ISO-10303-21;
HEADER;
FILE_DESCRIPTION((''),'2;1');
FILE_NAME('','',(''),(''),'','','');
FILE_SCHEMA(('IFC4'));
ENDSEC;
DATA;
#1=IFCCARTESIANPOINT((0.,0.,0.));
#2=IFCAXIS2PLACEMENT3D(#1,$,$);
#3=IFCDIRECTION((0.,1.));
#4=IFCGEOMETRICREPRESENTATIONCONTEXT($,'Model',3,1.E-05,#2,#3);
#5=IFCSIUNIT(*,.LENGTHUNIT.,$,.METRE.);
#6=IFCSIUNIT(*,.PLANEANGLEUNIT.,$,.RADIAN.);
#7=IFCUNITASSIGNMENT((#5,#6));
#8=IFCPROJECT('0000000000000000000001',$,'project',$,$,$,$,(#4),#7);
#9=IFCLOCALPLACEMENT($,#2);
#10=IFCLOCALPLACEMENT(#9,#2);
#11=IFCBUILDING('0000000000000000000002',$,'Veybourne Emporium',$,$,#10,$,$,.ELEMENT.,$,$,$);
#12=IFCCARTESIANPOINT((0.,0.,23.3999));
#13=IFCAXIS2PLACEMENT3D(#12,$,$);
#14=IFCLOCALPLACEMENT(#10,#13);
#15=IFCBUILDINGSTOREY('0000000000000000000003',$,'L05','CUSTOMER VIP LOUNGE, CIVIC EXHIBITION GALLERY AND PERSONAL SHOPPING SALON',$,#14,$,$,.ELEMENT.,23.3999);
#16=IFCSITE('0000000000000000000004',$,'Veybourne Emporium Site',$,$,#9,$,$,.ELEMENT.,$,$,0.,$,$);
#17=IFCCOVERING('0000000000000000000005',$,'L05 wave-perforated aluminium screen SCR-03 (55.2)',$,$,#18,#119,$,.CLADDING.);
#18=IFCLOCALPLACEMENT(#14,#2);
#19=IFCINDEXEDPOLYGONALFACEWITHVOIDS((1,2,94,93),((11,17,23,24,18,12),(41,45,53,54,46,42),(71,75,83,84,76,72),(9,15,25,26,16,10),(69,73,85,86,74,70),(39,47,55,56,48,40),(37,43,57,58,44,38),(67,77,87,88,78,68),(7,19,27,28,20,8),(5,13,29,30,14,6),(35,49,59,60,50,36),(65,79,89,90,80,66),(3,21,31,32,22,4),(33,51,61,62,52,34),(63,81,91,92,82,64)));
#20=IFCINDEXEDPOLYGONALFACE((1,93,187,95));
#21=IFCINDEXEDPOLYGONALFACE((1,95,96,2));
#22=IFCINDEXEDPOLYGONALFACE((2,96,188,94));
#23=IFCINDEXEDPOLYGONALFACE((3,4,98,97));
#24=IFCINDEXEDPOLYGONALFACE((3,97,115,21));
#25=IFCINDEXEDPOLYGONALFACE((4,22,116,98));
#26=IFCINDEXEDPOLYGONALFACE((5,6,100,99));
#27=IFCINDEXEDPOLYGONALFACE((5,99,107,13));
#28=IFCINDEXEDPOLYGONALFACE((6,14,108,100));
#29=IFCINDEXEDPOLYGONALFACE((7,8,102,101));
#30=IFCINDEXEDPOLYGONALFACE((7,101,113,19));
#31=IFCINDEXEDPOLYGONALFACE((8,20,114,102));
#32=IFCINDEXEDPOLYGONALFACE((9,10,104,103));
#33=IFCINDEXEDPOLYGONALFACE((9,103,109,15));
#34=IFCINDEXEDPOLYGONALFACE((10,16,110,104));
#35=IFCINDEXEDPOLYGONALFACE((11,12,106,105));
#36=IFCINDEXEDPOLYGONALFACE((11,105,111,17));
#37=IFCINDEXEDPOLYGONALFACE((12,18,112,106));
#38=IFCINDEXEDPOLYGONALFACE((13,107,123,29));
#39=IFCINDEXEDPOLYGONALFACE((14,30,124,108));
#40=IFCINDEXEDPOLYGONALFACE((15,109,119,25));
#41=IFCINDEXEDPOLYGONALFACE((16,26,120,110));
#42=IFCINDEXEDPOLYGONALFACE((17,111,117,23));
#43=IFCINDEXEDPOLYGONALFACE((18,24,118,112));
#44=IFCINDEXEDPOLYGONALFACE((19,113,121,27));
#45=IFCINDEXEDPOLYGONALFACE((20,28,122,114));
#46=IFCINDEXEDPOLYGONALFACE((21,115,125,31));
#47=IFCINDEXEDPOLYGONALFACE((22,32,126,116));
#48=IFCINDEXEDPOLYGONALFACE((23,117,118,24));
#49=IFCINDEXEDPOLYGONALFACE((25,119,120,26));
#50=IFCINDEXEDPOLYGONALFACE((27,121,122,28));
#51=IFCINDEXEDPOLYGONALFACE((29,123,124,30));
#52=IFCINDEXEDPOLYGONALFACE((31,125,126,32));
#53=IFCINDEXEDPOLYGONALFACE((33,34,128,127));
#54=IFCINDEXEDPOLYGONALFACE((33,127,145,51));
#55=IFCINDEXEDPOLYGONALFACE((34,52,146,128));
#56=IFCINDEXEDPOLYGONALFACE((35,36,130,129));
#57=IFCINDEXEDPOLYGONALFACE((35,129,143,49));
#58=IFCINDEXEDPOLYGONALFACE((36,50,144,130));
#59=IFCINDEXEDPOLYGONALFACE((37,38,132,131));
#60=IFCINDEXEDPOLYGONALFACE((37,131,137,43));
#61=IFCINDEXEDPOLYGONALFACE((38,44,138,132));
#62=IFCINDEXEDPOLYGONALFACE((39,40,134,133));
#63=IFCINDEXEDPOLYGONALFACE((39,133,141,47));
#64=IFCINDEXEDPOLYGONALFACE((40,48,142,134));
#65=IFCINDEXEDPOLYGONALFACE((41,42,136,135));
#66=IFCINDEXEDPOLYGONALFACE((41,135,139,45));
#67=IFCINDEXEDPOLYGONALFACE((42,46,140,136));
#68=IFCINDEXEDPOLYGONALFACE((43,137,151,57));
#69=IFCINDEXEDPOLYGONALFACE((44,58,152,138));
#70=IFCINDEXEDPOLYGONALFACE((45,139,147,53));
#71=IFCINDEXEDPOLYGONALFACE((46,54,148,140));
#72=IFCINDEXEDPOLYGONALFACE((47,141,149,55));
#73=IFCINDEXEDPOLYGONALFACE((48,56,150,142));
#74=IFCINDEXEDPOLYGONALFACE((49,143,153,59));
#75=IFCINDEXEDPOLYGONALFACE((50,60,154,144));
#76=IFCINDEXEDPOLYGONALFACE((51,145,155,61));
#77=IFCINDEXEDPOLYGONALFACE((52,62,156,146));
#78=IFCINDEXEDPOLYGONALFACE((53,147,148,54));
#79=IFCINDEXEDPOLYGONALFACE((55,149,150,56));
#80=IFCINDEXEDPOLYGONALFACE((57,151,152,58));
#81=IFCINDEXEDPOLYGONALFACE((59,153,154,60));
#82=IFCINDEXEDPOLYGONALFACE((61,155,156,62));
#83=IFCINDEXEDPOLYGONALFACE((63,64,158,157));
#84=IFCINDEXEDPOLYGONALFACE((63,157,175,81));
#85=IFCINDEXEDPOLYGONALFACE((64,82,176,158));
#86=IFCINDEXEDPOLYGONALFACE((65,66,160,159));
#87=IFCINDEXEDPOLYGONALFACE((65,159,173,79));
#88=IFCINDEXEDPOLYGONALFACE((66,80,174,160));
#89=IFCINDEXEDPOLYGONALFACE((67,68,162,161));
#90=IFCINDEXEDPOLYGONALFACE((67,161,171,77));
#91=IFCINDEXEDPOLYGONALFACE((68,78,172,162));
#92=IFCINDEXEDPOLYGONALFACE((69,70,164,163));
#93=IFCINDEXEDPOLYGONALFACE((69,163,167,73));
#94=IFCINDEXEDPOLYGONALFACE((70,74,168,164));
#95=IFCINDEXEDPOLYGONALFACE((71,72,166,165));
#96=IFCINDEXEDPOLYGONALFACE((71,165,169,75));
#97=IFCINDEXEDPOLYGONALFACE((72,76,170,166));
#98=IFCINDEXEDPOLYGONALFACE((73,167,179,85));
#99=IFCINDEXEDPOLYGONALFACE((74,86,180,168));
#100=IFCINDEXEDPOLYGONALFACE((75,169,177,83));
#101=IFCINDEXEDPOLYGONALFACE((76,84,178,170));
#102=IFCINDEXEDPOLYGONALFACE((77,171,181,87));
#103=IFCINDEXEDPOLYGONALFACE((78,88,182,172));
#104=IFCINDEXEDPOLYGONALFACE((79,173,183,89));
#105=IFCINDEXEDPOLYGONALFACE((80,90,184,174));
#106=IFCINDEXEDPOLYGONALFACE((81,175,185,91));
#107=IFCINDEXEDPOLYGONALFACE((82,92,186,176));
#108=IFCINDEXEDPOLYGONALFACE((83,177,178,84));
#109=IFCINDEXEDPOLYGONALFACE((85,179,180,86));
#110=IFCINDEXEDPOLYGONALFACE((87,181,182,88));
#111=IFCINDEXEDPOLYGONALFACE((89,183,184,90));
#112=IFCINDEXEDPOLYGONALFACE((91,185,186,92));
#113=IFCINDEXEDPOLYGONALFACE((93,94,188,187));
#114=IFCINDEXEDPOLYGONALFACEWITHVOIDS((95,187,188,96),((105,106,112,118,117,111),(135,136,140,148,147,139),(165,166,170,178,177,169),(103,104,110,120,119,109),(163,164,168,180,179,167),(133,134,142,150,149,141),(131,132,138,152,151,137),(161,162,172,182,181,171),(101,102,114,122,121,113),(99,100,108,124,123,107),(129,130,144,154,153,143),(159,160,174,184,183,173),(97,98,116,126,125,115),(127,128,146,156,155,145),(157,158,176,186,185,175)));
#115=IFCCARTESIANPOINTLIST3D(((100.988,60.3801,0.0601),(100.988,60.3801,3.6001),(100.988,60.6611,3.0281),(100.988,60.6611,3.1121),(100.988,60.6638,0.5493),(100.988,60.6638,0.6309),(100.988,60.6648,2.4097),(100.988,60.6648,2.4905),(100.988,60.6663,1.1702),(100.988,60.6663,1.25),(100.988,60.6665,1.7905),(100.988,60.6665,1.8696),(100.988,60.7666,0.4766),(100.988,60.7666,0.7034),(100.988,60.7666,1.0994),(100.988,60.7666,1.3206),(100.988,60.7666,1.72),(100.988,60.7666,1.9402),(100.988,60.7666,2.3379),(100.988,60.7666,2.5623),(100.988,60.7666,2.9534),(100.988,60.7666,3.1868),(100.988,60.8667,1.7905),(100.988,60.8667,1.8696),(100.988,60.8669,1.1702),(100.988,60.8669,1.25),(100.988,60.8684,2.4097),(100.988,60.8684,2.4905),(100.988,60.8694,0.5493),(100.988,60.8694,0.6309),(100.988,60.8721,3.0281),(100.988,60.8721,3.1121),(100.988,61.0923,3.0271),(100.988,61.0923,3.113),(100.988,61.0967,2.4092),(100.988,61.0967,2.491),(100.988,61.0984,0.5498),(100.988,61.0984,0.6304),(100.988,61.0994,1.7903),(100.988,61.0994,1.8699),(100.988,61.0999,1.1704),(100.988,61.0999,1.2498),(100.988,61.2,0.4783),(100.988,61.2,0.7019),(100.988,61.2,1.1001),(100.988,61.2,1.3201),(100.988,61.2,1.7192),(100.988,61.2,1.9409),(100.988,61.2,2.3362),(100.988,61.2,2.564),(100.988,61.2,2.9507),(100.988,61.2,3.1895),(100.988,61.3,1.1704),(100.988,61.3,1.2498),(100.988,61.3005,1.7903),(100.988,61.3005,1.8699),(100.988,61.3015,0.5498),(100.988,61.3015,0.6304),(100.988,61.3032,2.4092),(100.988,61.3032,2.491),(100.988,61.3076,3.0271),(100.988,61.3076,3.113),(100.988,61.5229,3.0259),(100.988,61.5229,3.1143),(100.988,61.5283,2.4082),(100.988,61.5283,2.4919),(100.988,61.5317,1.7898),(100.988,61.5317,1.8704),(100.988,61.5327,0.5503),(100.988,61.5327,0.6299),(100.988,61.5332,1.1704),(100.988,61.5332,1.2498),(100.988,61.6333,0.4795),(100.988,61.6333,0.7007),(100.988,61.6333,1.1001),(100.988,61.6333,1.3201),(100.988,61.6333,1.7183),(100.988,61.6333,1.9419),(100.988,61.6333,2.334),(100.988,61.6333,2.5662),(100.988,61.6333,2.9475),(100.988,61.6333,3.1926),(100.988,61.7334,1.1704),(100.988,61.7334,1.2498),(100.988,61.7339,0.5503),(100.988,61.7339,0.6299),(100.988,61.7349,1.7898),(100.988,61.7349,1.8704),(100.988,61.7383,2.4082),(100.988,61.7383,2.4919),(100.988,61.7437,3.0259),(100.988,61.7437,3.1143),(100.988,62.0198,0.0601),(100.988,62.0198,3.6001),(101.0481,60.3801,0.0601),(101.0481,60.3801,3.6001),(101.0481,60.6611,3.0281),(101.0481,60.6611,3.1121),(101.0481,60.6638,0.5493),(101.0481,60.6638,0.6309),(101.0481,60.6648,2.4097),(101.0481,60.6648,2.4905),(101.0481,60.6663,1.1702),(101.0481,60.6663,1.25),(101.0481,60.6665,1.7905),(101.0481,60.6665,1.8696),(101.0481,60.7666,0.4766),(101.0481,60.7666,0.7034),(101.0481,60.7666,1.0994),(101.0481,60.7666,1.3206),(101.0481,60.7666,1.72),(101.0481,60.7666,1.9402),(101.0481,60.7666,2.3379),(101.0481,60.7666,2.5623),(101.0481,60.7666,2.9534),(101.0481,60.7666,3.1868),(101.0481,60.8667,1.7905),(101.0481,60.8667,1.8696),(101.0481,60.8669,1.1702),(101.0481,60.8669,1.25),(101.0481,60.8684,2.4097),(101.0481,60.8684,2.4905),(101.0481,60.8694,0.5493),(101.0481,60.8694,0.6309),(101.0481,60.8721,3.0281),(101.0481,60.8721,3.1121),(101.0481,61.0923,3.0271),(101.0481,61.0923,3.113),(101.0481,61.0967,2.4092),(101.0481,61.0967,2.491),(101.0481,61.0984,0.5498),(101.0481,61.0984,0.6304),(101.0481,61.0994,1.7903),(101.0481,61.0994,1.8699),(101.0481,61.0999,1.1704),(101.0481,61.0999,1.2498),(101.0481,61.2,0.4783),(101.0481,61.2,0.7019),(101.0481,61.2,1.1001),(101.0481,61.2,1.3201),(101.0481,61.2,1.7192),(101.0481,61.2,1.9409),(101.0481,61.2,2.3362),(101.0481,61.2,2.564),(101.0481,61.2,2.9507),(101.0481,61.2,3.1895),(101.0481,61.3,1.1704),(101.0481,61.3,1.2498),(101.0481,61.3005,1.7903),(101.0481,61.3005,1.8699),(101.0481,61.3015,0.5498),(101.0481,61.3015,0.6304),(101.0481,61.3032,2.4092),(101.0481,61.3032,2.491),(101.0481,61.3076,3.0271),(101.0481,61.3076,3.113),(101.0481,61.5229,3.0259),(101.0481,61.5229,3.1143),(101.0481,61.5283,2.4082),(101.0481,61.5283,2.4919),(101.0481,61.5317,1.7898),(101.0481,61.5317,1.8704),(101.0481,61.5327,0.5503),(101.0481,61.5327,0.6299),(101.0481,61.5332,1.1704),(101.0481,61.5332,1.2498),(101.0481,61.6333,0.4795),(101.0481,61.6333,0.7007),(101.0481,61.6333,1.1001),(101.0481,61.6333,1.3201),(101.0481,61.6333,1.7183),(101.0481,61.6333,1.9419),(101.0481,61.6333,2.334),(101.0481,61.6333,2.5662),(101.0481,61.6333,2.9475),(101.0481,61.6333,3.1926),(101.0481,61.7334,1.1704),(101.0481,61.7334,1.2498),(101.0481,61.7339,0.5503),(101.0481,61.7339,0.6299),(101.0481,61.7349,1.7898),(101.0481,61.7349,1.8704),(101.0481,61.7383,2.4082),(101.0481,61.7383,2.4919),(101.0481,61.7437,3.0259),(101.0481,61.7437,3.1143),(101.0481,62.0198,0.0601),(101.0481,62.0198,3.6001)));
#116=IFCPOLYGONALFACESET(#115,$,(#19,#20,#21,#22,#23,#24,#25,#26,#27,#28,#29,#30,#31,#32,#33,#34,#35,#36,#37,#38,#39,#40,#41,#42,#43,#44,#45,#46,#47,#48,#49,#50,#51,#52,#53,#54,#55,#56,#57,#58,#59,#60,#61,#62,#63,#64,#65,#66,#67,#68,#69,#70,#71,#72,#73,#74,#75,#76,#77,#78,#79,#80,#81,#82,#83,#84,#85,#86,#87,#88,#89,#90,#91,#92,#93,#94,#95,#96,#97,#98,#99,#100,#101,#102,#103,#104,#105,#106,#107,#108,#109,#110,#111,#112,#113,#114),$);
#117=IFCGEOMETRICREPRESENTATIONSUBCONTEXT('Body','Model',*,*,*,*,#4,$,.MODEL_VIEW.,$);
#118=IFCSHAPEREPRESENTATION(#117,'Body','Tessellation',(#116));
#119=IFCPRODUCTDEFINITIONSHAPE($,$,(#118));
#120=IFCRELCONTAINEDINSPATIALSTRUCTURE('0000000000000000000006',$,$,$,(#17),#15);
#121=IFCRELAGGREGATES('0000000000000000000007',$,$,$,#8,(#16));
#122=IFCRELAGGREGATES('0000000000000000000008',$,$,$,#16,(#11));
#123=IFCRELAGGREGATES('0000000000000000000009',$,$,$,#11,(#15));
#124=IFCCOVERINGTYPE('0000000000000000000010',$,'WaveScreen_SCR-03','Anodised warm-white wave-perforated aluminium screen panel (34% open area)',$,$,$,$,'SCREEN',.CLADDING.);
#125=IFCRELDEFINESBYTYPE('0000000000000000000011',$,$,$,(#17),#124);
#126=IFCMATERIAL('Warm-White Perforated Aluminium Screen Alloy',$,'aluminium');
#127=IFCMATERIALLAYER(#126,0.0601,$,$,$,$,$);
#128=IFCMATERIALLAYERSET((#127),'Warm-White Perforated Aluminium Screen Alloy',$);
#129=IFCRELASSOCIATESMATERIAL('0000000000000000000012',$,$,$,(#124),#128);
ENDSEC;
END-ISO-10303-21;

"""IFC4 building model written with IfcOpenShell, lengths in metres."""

from ifc_helpers import new_model, si_unit, direction, frame, origin, place, context, subcontext, project, spatial, polyline, outline, extrude, material, layer, layer_set, type_object, element, save


model = new_model("IFC4")

# Units and contexts
model_context = context("Model", 3, precision=1e-05, world=origin(), true_north=direction((0.0, 1.0)))
body_context = subcontext(model_context, "Body", "Model", "MODEL_VIEW")
ifc_project = project(units=[si_unit("LENGTHUNIT", "METRE"), si_unit("PLANEANGLEUNIT", "RADIAN")], contexts=[model_context])

# Site, building, storey
site_placement = place(None, origin())
site = spatial("IfcSite", under=ifc_project, at=site_placement, Name="Veybourne Emporium Site", CompositionType="ELEMENT", RefElevation=0.0)
building_placement = place(site_placement, origin())
building = spatial("IfcBuilding", under=site, at=building_placement, Name="Veybourne Emporium", CompositionType="ELEMENT")
storey_placement = place(building_placement, frame((0.0, 0.0, 23.3999)))
storey = spatial("IfcBuildingStorey", under=building, at=storey_placement, Name="L05", Description="CUSTOMER VIP LOUNGE, CIVIC EXHIBITION GALLERY AND PERSONAL SHOPPING SALON", CompositionType="ELEMENT", Elevation=23.3999)

# Covering
ifc_material_1 = material(Name="Warm-White Perforated Aluminium Screen Alloy", Category="aluminium")
ifc_layer_1 = layer(ifc_material_1, 0.0601)
ifc_layer_set_1 = layer_set([ifc_layer_1], Name="Warm-White Perforated Aluminium Screen Alloy")
covering_type_1 = type_object("IfcCoveringType", Name="WaveScreen_SCR-03", Description="Anodised warm-white wave-perforated aluminium screen panel (34% open area)", ElementType="SCREEN", PredefinedType="CLADDING", material=ifc_layer_set_1)
covering_1_placement = place(storey_placement, frame((101.0481, 61.2, 1.8301), z_axis=(-1.0, 0.0, 0.0), x_axis=(0.0, -1.0, 0.0)))
element("IfcCovering", 1, at=covering_1_placement, inside=storey, type_object=covering_type_1, Name="L05 wave-perforated aluminium screen SCR-03 (55.2)", PredefinedType="CLADDING", context=body_context, shape_type="SweptSolid", body=[
    extrude(outline(polyline([(-0.8198, -1.77), (0.8198, -1.77), (0.8198, 1.77), (-0.8198, 1.77), (-0.8198, -1.77)]), holes=[polyline([(-0.4333, -1.1294), (-0.3328, -1.2002), (-0.3328, -1.2798), (-0.4333, -1.3506), (-0.5339, -1.2798), (-0.5339, -1.2002), (-0.4333, -1.1294)]), polyline([(-0.4333, -0.51), (-0.3333, -0.5803), (-0.3333, -0.6597), (-0.4333, -0.73), (-0.5334, -0.6597), (-0.5334, -0.5803), (-0.4333, -0.51)]), polyline([(-0.4333, 0.1118), (-0.3318, 0.0403), (-0.3318, -0.0403), (-0.4333, -0.1118), (-0.5349, -0.0403), (-0.5349, 0.0403), (-0.4333, 0.1118)]), polyline([(-0.4333, 0.7361), (-0.3284, 0.6619), (-0.3284, 0.5781), (-0.4333, 0.5039), (-0.5383, 0.5781), (-0.5383, 0.6619), (-0.4333, 0.7361)]), polyline([(-0.4333, 1.3625), (-0.323, 1.2842), (-0.323, 1.1958), (-0.4333, 1.1174), (-0.5437, 1.1958), (-0.5437, 1.2842), (-0.4333, 1.3625)]), polyline([(0.0, -1.1282), (0.1016, -1.1997), (0.1016, -1.2803), (0.0, -1.3518), (-0.1016, -1.2803), (-0.1016, -1.1997), (0.0, -1.1282)]), polyline([(0.0, -0.51), (0.1001, -0.5803), (0.1001, -0.6597), (0.0, -0.73), (-0.1001, -0.6597), (-0.1001, -0.5803), (0.0, -0.51)]), polyline([(0.0, 0.1108), (0.1006, 0.0398), (0.1006, -0.0398), (0.0, -0.1108), (-0.1006, -0.0398), (-0.1006, 0.0398), (0.0, 0.1108)]), polyline([(0.0, 0.7339), (0.1033, 0.6609), (0.1033, 0.5791), (0.0, 0.5061), (-0.1033, 0.5791), (-0.1033, 0.6609), (0.0, 0.7339)]), polyline([(0.0, 1.3594), (0.1077, 1.283), (0.1077, 1.197), (0.0, 1.1206), (-0.1077, 1.197), (-0.1077, 1.283), (0.0, 1.3594)]), polyline([(0.4333, -1.1267), (0.5361, -1.1992), (0.5361, -1.2808), (0.4333, -1.3535), (0.3306, -1.2808), (0.3306, -1.1992), (0.4333, -1.1267)]), polyline([(0.4333, -0.5095), (0.5337, -0.5801), (0.5337, -0.6599), (0.4333, -0.7307), (0.333, -0.6599), (0.333, -0.5801), (0.4333, -0.5095)]), polyline([(0.4333, 0.1101), (0.5334, 0.0396), (0.5334, -0.0396), (0.4333, -0.1101), (0.3333, -0.0396), (0.3333, 0.0396), (0.4333, 0.1101)]), polyline([(0.4333, 0.7322), (0.5352, 0.6604), (0.5352, 0.5796), (0.4333, 0.5078), (0.3315, 0.5796), (0.3315, 0.6604), (0.4333, 0.7322)]), polyline([(0.4333, 1.3567), (0.5388, 1.282), (0.5388, 1.198), (0.4333, 1.1233), (0.3279, 1.198), (0.3279, 1.282), (0.4333, 1.3567)])]), origin(), (0.0, 0.0, 1.0), 0.0601),
])

save(model, "model.ifc")
